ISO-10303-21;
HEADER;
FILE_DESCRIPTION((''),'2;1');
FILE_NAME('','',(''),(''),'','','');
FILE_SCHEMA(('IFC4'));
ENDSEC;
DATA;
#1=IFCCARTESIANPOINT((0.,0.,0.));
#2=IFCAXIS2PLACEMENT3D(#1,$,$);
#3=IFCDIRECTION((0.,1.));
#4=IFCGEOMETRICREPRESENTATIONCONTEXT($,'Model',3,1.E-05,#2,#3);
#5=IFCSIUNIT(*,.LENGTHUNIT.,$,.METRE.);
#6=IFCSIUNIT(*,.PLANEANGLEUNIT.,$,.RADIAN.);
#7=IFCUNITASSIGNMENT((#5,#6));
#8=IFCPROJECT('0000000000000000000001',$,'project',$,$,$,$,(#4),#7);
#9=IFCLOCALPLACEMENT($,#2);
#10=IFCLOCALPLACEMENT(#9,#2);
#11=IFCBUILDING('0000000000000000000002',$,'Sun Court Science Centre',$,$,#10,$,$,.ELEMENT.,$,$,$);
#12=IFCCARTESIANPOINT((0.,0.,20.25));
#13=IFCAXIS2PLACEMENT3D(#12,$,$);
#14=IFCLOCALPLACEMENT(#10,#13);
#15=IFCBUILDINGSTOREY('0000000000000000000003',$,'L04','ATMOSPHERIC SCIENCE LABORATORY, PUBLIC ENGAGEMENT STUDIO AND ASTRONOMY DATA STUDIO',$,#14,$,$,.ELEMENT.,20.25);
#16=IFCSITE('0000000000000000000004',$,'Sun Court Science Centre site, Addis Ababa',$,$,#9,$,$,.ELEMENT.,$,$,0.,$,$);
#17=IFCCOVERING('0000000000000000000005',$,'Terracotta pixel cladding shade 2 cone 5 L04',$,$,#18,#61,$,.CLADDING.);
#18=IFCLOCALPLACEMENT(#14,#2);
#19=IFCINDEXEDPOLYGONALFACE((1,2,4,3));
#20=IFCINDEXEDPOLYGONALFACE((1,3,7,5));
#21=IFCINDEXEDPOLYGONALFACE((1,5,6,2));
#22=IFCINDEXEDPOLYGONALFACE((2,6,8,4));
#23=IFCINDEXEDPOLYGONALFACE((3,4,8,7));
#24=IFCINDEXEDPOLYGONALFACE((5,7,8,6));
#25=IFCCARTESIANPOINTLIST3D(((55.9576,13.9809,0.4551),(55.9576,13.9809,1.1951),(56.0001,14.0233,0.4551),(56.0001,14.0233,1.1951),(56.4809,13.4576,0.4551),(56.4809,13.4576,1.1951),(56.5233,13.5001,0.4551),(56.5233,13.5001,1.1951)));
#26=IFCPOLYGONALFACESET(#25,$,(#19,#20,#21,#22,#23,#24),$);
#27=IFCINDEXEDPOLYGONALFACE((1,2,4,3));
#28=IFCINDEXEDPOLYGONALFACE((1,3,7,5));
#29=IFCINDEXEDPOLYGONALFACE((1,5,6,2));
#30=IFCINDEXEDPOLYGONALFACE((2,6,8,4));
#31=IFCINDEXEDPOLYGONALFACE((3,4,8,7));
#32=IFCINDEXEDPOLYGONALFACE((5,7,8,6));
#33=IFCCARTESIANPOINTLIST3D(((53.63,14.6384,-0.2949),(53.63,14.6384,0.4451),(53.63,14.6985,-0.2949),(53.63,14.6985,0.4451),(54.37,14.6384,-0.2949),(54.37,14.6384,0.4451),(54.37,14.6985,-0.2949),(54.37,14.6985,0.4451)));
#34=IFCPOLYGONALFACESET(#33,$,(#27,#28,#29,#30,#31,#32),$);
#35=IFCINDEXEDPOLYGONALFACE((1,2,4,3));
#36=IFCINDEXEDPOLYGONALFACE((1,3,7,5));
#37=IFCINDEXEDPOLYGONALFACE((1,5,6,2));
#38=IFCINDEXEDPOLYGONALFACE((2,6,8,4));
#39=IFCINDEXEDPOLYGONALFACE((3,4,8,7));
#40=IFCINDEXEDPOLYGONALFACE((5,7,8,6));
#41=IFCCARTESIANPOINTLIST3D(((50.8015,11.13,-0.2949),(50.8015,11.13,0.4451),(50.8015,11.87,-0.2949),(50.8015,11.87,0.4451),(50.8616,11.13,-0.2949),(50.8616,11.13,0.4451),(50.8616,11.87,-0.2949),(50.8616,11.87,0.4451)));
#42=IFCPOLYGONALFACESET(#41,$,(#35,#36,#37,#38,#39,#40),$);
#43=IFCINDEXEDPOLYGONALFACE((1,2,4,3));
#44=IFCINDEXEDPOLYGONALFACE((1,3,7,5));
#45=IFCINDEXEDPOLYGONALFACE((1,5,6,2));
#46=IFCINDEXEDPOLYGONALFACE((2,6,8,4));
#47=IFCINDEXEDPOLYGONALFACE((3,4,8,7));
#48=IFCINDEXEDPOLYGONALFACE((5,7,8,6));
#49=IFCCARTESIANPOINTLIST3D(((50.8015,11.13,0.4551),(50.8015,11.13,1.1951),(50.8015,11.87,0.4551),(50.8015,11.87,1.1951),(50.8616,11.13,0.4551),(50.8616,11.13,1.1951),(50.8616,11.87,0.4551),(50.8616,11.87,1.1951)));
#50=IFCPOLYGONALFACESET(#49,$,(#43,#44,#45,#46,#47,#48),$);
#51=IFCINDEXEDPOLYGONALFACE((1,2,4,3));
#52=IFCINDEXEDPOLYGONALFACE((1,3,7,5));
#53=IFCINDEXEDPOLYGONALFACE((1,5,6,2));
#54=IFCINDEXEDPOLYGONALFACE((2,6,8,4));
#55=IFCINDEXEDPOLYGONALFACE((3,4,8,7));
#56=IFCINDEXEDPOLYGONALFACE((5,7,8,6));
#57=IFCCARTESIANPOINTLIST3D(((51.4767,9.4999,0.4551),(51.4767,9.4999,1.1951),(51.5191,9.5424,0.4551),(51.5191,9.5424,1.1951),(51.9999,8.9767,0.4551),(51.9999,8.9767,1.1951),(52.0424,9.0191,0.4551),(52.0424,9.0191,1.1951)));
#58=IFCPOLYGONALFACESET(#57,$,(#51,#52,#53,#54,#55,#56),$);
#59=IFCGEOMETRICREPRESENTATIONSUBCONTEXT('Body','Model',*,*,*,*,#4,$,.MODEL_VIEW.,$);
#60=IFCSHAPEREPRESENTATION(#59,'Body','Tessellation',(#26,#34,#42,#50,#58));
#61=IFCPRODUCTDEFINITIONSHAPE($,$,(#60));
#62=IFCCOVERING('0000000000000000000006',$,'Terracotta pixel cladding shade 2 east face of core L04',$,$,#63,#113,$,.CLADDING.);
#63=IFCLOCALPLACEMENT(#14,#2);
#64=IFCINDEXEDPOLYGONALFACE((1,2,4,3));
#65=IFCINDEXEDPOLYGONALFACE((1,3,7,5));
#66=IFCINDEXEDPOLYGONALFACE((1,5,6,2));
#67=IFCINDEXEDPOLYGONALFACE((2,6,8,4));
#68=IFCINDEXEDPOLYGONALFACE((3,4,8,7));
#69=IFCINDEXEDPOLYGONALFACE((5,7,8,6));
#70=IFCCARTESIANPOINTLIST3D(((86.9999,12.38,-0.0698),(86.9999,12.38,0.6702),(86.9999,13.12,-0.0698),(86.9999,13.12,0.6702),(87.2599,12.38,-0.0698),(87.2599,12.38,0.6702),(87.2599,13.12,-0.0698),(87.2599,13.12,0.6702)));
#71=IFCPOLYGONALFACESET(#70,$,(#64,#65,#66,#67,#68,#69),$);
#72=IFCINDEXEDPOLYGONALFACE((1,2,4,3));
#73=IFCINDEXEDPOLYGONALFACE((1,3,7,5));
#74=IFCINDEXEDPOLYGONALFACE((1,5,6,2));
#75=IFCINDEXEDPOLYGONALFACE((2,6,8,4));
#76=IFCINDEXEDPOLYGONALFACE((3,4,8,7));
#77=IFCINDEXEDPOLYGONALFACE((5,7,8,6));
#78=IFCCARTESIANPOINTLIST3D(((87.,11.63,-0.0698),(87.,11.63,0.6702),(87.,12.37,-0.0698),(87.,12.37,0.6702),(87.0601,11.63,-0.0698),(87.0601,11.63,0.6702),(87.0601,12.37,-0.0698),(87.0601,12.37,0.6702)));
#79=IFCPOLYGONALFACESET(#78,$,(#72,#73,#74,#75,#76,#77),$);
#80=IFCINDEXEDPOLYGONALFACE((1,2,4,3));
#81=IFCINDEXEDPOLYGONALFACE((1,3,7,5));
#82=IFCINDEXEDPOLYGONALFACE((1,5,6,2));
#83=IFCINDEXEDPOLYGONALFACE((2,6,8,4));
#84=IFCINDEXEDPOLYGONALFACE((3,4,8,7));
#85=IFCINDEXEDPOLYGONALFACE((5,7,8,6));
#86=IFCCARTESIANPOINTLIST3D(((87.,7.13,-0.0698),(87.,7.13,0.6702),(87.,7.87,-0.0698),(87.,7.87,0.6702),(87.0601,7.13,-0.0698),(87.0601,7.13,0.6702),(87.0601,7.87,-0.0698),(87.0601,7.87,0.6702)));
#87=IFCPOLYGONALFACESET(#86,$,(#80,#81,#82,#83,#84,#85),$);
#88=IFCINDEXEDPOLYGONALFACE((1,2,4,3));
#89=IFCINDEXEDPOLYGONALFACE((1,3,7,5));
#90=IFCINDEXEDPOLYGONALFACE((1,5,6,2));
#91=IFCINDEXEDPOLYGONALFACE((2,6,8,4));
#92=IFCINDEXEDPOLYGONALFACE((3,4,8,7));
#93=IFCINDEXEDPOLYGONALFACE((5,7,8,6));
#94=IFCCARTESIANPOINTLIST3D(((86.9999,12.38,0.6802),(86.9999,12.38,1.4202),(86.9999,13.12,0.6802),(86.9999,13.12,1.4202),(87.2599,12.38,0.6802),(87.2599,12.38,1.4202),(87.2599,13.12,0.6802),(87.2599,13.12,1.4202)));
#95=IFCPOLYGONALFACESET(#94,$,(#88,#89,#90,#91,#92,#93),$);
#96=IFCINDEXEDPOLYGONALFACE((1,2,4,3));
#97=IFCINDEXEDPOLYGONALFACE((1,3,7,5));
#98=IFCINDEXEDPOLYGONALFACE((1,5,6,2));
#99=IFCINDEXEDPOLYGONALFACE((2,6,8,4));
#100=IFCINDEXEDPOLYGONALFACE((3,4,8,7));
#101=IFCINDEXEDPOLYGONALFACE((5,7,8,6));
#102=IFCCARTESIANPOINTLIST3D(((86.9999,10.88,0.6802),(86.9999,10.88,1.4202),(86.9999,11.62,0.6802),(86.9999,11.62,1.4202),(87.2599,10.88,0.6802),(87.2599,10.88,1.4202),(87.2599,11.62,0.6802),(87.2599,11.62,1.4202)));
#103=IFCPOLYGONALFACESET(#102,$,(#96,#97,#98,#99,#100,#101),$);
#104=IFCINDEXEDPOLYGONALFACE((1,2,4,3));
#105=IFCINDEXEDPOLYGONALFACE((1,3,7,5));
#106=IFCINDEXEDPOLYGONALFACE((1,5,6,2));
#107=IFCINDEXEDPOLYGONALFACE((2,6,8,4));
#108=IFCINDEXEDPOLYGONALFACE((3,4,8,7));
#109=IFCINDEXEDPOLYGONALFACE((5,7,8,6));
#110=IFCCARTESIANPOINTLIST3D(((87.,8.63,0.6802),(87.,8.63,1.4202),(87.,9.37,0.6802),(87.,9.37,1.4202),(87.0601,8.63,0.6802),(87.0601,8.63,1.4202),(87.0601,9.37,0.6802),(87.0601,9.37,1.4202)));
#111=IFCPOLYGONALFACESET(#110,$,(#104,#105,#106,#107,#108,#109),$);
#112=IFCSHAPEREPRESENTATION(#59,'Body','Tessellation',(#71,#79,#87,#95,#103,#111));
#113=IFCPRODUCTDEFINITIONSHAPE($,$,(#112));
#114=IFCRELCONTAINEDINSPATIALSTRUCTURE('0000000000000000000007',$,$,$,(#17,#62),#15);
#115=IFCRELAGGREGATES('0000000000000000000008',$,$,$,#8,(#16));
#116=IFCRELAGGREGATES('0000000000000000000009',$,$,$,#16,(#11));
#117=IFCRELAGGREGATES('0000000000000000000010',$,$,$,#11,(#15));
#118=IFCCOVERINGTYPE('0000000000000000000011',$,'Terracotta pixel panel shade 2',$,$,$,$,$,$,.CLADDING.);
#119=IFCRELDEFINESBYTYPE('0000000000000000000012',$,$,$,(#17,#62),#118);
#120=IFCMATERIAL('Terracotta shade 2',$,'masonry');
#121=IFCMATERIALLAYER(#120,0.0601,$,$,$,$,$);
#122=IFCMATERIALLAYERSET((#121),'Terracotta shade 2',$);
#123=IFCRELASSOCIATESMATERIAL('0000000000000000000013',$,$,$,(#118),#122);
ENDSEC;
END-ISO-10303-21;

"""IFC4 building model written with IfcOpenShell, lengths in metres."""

from ifc_helpers import new_model, si_unit, direction, frame, origin, origin_2d, place, context, subcontext, project, spatial, rectangle, extrude, material, layer, layer_set, type_object, element, save


model = new_model("IFC4")

# Units and contexts
model_context = context("Model", 3, precision=1e-05, world=origin(), true_north=direction((0.0, 1.0)))
body_context = subcontext(model_context, "Body", "Model", "MODEL_VIEW")
ifc_project = project(units=[si_unit("LENGTHUNIT", "METRE"), si_unit("PLANEANGLEUNIT", "RADIAN")], contexts=[model_context])

# Site, building, storey
site_placement = place(None, origin())
site = spatial("IfcSite", under=ifc_project, at=site_placement, Name="Sun Court Science Centre site, Addis Ababa", CompositionType="ELEMENT", RefElevation=0.0)
building_placement = place(site_placement, origin())
building = spatial("IfcBuilding", under=site, at=building_placement, Name="Sun Court Science Centre", CompositionType="ELEMENT")
storey_placement = place(building_placement, frame((0.0, 0.0, 20.25)))
storey = spatial("IfcBuildingStorey", under=building, at=storey_placement, Name="L04", Description="ATMOSPHERIC SCIENCE LABORATORY, PUBLIC ENGAGEMENT STUDIO AND ASTRONOMY DATA STUDIO", CompositionType="ELEMENT", Elevation=20.25)

# Coverings
ifc_material_1 = material(Name="Terracotta shade 2", Category="masonry")
ifc_layer_1 = layer(ifc_material_1, 0.0601)
ifc_layer_set_1 = layer_set([ifc_layer_1], Name="Terracotta shade 2")
covering_type_1 = type_object("IfcCoveringType", Name="Terracotta pixel panel shade 2", PredefinedType="CLADDING", material=ifc_layer_set_1)
covering_1_placement = place(storey_placement, frame((0.0, 0.0, -20.25)))
element("IfcCovering", 1, at=covering_1_placement, inside=storey, type_object=covering_type_1, Name="Terracotta pixel cladding shade 2 cone 5 L04", PredefinedType="CLADDING", context=body_context, shape_type="SweptSolid", body=[
    extrude(rectangle(XDim=0.74, YDim=0.0601, at=origin_2d()), frame((56.2405, 13.7405, 20.7051), z_axis=(0.0, 0.0, 1.0), x_axis=(0.707107, -0.707107, 0.0)), (0.0, 0.0, 1.0), 0.74),
    extrude(rectangle(XDim=0.74, YDim=0.0601, at=origin_2d()), frame((54.0, 14.6685, 19.9551), z_axis=(0.0, 0.0, 1.0), x_axis=(1.0, 0.0, 0.0)), (0.0, 0.0, 1.0), 0.74),
    extrude(rectangle(XDim=0.74, YDim=0.0601, at=origin_2d()), frame((50.8315, 11.5, 19.9551), z_axis=(0.0, 0.0, 1.0), x_axis=(0.0, 1.0, 0.0)), (0.0, 0.0, 1.0), 0.74),
    extrude(rectangle(XDim=0.74, YDim=0.0601, at=origin_2d()), frame((50.8315, 11.5, 20.7051), z_axis=(0.0, 0.0, 1.0), x_axis=(0.0, 1.0, 0.0)), (0.0, 0.0, 1.0), 0.74),
    extrude(rectangle(XDim=0.74, YDim=0.0601, at=origin_2d()), frame((51.7595, 9.2595, 20.7051), z_axis=(0.0, 0.0, 1.0), x_axis=(-0.707107, 0.707107, 0.0)), (0.0, 0.0, 1.0), 0.74),
])
covering_2_placement = place(storey_placement, frame((0.0, 0.0, -20.25)))
element("IfcCovering", 2, at=covering_2_placement, inside=storey, type_object=covering_type_1, Name="Terracotta pixel cladding shade 2 east face of core L04", PredefinedType="CLADDING", context=body_context, shape_type="SweptSolid", body=[
    extrude(rectangle(XDim=0.74, YDim=0.26, at=origin_2d()), frame((87.1299, 12.75, 20.1802), z_axis=(0.0, 0.0, 1.0), x_axis=(0.0, -1.0, 0.0)), (0.0, 0.0, 1.0), 0.74),
    extrude(rectangle(XDim=0.74, YDim=0.0601, at=origin_2d()), frame((87.03, 12.0, 20.1802), z_axis=(0.0, 0.0, 1.0), x_axis=(0.0, -1.0, 0.0)), (0.0, 0.0, 1.0), 0.74),
    extrude(rectangle(XDim=0.74, YDim=0.0601, at=origin_2d()), frame((87.03, 7.5, 20.1802), z_axis=(0.0, 0.0, 1.0), x_axis=(0.0, -1.0, 0.0)), (0.0, 0.0, 1.0), 0.74),
    extrude(rectangle(XDim=0.74, YDim=0.26, at=origin_2d()), frame((87.1299, 12.75, 20.9302), z_axis=(0.0, 0.0, 1.0), x_axis=(0.0, -1.0, 0.0)), (0.0, 0.0, 1.0), 0.74),
    extrude(rectangle(XDim=0.74, YDim=0.26, at=origin_2d()), frame((87.1299, 11.25, 20.9302), z_axis=(0.0, 0.0, 1.0), x_axis=(0.0, -1.0, 0.0)), (0.0, 0.0, 1.0), 0.74),
    extrude(rectangle(XDim=0.74, YDim=0.0601, at=origin_2d()), frame((87.03, 9.0, 20.9302), z_axis=(0.0, 0.0, 1.0), x_axis=(0.0, -1.0, 0.0)), (0.0, 0.0, 1.0), 0.74),
])

save(model, "model.ifc")
